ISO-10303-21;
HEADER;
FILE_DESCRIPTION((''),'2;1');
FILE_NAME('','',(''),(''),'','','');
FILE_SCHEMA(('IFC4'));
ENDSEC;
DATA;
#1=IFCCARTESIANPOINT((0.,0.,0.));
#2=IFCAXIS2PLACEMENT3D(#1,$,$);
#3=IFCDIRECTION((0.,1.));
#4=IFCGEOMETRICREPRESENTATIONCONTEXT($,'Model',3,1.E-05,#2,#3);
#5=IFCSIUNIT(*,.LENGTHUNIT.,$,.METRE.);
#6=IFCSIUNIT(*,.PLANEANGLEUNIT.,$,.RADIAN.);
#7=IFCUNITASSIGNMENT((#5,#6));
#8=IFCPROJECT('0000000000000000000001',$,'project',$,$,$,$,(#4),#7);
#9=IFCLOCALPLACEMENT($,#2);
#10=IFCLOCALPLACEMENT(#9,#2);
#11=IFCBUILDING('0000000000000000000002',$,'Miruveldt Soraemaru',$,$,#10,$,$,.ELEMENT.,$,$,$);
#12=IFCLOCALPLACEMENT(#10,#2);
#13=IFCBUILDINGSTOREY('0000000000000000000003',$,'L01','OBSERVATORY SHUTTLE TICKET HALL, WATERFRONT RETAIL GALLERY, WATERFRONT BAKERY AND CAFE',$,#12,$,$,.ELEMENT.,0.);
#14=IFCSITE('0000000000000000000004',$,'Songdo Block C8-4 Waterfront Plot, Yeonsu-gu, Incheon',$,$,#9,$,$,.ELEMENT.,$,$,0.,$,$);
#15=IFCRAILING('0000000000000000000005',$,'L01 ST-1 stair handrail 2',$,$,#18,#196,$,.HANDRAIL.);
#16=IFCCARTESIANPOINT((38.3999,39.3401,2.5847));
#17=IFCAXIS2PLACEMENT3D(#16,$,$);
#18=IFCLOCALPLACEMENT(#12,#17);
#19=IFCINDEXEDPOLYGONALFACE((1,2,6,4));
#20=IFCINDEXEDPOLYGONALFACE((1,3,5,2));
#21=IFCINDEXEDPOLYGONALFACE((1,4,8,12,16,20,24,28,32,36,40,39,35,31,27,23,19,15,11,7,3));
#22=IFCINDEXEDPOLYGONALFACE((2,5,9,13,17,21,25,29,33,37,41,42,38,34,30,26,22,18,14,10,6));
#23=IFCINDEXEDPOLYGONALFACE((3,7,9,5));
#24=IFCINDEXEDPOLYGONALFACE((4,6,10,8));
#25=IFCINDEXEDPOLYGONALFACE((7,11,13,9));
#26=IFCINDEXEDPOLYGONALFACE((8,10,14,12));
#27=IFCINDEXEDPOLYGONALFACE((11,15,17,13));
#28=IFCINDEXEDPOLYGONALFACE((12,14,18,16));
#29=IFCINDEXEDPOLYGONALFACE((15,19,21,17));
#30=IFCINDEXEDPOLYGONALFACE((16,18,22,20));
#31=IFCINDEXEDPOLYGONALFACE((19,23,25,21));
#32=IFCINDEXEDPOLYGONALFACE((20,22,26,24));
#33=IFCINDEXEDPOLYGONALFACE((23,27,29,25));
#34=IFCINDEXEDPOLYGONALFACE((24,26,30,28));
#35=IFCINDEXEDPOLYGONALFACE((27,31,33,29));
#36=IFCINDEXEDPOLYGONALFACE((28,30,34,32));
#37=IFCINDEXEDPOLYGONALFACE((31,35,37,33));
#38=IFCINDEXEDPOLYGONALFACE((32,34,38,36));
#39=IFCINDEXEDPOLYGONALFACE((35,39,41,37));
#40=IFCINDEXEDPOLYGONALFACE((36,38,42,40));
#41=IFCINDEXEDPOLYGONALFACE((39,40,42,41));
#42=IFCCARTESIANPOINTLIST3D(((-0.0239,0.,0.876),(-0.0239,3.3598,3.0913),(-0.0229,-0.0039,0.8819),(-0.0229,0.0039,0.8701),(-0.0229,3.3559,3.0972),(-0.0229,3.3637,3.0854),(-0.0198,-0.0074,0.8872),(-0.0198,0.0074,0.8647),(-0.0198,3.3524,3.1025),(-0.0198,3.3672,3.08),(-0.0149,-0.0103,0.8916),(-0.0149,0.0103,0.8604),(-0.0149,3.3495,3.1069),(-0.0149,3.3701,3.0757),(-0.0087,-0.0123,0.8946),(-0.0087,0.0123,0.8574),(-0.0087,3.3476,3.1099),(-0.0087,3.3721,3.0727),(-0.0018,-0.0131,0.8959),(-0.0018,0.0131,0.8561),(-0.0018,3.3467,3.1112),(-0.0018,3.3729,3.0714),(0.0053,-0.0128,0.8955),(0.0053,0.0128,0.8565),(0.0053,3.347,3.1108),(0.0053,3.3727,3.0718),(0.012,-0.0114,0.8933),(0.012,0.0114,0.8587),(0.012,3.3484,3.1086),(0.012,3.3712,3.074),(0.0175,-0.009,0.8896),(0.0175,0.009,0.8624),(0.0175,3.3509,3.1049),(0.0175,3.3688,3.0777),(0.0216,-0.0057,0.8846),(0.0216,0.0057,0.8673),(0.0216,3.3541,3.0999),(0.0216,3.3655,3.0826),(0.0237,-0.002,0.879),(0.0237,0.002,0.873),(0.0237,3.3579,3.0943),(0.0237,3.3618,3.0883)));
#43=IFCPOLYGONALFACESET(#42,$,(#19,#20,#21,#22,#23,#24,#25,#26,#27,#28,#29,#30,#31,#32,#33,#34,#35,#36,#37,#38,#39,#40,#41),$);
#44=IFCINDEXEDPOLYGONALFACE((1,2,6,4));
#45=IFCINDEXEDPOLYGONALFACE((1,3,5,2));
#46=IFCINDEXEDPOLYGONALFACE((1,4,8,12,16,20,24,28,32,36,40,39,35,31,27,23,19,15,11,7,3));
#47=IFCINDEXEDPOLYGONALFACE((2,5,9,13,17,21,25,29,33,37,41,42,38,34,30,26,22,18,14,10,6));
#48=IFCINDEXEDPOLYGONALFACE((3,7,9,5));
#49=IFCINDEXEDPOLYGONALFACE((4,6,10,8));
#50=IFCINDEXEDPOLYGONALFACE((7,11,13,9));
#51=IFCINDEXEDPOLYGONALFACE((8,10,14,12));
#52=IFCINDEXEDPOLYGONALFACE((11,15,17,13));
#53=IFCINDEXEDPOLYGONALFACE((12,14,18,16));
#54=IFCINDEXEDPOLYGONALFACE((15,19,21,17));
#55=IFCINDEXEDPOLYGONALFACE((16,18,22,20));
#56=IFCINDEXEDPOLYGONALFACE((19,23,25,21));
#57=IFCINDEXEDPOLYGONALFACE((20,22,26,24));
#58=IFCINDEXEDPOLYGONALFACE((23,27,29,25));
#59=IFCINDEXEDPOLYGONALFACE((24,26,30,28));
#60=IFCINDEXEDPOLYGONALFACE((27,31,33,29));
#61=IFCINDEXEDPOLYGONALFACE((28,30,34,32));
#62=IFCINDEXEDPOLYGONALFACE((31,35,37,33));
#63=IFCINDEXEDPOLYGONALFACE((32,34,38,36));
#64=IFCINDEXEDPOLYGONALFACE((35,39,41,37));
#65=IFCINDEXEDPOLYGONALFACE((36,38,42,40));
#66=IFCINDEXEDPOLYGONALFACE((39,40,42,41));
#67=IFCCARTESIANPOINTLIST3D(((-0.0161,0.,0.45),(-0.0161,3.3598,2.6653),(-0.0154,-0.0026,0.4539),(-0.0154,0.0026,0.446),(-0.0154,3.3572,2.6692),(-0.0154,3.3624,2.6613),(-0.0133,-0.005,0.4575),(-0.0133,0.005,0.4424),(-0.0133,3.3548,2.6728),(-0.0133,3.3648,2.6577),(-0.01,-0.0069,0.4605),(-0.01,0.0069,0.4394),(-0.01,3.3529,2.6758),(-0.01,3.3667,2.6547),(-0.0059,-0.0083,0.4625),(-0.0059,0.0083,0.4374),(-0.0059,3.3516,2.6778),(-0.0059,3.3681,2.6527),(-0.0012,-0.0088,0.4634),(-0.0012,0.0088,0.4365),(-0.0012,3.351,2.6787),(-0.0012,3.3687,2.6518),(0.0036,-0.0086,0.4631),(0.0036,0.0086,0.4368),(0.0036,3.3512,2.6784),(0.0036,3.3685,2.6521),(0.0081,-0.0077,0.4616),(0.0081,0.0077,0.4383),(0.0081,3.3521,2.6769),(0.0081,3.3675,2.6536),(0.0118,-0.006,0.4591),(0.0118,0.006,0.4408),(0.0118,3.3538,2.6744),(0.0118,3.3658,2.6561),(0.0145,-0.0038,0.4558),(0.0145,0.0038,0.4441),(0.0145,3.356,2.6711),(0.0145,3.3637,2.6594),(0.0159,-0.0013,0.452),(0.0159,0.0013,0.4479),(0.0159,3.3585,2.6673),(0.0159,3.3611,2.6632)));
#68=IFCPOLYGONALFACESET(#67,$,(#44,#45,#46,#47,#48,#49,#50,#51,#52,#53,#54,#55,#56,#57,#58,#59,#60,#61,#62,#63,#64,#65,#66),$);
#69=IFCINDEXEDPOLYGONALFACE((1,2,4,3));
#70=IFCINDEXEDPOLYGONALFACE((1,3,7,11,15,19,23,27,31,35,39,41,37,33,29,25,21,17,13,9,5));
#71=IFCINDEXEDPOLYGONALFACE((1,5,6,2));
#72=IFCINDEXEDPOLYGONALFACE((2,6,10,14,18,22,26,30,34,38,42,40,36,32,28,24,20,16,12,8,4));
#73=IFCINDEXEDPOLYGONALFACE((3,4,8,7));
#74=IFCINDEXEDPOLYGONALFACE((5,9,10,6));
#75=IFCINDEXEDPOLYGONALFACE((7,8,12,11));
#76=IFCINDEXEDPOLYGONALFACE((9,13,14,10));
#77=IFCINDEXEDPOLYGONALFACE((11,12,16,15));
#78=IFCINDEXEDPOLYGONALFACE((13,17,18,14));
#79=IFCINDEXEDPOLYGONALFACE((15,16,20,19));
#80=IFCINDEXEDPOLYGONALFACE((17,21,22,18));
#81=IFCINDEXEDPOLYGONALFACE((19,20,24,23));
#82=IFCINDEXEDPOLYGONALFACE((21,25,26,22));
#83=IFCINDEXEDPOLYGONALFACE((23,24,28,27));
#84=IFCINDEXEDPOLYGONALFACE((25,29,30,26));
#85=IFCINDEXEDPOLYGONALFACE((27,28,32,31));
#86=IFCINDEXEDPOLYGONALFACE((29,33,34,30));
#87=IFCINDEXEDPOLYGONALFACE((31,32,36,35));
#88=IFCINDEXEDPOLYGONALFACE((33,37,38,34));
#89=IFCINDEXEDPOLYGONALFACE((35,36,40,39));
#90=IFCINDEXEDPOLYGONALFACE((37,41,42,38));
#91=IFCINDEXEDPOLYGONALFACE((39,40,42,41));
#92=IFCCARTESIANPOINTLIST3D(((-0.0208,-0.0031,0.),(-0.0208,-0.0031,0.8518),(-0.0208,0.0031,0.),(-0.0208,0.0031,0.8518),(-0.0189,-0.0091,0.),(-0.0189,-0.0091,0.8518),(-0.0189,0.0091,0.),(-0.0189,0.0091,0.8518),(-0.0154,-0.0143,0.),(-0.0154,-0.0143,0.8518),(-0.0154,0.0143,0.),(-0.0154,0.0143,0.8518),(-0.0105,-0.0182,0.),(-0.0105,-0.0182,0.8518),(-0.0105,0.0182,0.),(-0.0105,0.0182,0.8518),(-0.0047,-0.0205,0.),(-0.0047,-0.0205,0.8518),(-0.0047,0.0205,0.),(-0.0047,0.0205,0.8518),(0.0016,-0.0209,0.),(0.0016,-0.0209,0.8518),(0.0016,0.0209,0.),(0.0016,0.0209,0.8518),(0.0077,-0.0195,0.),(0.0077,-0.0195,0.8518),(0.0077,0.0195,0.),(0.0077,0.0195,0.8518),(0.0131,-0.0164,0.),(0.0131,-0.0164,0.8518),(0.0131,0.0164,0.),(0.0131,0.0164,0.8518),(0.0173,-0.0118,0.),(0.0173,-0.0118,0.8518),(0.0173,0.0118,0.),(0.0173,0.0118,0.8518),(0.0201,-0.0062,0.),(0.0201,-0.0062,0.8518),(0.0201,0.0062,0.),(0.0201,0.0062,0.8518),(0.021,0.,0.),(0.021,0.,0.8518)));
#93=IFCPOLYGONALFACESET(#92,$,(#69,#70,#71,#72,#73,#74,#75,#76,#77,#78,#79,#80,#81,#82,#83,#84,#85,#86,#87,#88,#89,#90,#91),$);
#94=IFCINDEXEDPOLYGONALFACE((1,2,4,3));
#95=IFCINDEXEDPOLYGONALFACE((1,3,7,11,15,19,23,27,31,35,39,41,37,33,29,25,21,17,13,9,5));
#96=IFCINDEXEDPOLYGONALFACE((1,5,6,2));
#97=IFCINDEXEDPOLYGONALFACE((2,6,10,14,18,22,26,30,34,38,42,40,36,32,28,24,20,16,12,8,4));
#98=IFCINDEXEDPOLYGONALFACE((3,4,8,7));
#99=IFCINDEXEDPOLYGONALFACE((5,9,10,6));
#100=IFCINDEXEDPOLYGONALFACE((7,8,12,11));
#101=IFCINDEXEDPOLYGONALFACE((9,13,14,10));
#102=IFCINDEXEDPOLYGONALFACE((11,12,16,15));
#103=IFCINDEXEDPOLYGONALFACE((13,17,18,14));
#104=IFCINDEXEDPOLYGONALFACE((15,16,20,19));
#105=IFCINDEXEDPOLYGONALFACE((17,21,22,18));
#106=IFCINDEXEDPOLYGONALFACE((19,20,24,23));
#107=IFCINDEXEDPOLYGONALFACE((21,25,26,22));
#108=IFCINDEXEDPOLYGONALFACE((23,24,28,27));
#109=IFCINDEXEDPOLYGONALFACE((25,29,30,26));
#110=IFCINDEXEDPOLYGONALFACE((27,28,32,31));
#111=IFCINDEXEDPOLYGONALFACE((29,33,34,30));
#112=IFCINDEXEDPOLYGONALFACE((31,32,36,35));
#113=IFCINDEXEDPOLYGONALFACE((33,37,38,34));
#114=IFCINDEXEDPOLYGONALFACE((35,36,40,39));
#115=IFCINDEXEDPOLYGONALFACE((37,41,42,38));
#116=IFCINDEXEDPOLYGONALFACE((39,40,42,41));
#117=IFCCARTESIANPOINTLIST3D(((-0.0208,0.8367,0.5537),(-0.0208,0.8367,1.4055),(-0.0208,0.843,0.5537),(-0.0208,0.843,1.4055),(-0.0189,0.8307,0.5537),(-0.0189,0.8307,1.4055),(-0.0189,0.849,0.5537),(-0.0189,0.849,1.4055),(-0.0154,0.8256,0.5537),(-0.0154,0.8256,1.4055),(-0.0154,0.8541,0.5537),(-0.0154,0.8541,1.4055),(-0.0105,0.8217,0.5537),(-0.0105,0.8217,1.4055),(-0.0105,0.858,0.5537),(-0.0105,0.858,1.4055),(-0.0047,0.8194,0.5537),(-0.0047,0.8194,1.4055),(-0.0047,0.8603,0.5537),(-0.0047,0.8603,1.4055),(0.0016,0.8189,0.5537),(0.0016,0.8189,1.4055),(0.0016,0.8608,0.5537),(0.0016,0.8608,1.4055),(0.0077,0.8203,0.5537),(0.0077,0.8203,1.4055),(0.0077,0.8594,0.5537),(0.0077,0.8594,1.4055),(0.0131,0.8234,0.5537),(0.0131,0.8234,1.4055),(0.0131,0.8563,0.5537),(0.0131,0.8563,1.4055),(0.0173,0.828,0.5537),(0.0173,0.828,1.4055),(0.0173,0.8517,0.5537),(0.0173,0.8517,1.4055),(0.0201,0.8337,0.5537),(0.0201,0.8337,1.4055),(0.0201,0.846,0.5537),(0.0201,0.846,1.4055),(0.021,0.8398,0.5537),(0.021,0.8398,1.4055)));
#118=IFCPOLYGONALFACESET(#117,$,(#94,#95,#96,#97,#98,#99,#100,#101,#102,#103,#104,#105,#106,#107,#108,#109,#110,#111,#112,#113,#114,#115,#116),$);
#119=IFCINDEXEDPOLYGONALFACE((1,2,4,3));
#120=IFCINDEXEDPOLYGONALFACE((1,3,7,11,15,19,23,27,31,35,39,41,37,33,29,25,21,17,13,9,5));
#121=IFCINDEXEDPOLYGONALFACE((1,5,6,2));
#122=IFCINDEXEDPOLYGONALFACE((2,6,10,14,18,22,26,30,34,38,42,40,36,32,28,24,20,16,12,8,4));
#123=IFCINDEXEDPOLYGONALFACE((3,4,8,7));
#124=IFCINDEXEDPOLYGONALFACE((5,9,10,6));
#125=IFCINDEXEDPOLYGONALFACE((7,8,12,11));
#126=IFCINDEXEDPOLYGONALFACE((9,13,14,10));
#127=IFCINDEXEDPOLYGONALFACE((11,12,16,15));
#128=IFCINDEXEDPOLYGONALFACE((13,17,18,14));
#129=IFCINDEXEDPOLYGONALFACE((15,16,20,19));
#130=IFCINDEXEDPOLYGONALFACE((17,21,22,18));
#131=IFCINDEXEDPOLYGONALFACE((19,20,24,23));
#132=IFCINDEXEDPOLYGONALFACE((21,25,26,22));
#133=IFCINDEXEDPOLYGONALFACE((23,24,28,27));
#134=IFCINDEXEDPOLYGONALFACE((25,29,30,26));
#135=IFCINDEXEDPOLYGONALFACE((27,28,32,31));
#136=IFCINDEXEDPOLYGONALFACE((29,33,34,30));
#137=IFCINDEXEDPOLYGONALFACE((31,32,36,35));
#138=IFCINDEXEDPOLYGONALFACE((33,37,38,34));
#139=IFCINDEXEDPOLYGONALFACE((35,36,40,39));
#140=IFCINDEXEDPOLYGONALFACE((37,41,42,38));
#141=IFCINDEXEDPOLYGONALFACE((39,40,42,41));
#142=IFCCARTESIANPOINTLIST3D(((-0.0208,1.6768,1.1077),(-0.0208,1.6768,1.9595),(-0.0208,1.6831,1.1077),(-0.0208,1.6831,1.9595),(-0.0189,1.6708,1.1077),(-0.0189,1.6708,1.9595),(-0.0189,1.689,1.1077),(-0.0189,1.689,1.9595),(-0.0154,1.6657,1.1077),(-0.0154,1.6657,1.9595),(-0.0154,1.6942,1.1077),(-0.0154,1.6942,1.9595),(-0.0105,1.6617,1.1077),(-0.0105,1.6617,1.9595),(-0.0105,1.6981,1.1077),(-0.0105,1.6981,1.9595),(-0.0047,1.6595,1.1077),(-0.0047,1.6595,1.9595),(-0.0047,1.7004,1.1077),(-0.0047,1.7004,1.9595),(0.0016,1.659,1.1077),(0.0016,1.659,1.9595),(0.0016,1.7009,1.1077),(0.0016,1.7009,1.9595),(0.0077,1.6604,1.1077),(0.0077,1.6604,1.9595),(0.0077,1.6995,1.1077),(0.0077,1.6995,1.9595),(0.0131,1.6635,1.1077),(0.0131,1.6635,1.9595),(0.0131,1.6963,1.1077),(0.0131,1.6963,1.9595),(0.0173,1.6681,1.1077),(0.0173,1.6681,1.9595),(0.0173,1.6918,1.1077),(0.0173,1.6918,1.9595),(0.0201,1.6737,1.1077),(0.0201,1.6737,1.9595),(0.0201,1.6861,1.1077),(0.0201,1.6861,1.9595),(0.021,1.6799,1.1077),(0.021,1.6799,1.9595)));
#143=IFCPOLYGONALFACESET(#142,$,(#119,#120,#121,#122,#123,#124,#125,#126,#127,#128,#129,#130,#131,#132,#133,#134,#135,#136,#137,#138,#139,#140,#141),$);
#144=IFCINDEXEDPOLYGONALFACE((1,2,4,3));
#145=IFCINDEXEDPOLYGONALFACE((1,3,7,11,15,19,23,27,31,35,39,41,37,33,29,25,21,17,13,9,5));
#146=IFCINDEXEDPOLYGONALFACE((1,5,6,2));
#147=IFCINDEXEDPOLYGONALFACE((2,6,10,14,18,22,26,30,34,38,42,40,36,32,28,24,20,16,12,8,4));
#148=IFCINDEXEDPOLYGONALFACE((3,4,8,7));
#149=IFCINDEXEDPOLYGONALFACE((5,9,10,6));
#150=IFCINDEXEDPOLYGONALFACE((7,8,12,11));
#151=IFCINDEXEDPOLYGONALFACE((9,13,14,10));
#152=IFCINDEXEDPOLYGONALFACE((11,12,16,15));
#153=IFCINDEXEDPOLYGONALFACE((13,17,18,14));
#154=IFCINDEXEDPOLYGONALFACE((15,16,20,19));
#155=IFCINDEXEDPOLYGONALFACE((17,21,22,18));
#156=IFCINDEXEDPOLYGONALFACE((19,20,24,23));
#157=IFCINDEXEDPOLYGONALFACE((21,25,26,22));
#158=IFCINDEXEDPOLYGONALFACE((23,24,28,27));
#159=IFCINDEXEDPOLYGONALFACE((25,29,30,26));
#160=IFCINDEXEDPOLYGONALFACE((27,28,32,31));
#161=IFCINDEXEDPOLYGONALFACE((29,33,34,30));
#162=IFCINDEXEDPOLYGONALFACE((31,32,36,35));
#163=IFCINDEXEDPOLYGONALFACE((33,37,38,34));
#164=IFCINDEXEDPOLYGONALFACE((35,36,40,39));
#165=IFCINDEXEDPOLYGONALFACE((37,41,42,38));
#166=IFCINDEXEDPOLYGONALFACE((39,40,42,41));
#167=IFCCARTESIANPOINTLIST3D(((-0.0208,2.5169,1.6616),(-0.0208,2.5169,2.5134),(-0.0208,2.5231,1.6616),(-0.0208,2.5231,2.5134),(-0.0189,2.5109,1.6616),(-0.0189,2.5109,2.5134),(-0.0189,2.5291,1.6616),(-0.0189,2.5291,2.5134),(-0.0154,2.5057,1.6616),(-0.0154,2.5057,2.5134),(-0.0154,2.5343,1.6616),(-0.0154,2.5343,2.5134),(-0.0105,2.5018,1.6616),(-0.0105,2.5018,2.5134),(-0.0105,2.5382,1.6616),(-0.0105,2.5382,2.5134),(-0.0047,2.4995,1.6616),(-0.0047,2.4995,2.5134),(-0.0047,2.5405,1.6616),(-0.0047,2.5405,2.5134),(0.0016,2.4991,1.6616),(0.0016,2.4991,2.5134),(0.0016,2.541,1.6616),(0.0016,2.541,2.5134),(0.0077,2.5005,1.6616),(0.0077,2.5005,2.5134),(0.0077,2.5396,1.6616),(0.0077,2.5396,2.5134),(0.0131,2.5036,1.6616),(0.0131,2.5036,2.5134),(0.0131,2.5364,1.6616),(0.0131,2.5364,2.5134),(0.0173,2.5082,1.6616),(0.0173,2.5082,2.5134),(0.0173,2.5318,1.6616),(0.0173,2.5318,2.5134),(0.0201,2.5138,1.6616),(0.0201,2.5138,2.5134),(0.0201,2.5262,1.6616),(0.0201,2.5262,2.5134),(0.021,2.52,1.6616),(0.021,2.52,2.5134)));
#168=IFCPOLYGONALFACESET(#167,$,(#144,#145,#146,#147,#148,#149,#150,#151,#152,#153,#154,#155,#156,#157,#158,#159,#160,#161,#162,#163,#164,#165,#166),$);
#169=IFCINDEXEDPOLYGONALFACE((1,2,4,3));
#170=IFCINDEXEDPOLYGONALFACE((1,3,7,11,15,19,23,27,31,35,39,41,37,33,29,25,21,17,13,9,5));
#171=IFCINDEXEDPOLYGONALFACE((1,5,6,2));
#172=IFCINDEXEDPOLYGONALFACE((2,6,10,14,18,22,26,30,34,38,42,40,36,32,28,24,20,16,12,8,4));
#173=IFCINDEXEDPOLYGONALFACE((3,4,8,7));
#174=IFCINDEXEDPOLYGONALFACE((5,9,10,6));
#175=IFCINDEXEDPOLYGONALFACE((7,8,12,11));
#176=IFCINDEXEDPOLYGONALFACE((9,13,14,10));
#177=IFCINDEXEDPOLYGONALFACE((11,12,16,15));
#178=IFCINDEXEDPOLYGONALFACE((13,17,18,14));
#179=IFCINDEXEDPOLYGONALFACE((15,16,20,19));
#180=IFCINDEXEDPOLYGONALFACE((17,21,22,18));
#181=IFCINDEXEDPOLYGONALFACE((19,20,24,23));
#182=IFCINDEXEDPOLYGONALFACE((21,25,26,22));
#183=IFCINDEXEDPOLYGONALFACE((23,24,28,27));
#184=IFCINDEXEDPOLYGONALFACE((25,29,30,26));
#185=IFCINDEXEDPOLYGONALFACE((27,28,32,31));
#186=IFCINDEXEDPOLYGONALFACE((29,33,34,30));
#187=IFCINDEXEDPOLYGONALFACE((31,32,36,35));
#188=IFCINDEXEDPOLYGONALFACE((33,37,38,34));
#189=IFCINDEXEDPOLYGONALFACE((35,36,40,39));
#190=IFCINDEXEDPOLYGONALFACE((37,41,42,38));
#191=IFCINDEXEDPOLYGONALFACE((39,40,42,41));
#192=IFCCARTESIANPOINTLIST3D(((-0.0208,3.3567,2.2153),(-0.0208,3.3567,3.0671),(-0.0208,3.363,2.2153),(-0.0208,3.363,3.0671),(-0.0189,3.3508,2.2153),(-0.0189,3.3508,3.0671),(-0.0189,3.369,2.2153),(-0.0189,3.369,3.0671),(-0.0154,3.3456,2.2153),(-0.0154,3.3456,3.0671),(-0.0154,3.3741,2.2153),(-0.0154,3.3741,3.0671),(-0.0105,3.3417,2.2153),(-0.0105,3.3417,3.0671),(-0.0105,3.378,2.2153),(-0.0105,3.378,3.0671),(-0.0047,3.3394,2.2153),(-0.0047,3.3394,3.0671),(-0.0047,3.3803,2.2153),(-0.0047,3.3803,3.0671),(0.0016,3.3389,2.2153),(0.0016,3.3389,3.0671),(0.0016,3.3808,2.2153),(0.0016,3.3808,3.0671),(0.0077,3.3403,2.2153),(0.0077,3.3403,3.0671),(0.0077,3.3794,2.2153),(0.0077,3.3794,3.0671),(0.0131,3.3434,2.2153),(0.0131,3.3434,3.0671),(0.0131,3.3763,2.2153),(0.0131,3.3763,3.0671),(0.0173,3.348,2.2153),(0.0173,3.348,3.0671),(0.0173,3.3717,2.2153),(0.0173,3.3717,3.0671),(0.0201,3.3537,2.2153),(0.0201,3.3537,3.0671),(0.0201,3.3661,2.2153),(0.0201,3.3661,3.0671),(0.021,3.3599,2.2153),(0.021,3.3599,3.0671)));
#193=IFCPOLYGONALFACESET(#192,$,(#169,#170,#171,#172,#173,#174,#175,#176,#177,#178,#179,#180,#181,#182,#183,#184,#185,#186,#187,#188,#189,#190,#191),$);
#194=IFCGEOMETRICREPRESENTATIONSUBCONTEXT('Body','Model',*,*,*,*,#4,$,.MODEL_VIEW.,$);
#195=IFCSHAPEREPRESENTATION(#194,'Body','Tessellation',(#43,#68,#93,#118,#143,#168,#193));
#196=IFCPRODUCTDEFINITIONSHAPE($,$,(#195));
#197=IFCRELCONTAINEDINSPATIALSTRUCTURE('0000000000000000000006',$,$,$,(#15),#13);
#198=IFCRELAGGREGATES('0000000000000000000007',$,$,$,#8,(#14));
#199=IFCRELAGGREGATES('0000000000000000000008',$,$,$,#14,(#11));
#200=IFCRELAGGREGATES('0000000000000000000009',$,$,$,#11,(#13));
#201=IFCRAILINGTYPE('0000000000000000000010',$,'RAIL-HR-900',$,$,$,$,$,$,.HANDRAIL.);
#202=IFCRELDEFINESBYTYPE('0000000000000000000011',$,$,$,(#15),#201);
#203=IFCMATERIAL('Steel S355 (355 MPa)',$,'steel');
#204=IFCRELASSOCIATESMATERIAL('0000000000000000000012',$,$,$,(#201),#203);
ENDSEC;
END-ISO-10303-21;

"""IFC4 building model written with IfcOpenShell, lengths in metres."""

from ifc_helpers import new_model, si_unit, direction, frame, origin, origin_2d, place, context, subcontext, project, spatial, circle, extrude, material, type_object, element, save


model = new_model("IFC4")

# Units and contexts
model_context = context("Model", 3, precision=1e-05, world=origin(), true_north=direction((0.0, 1.0)))
body_context = subcontext(model_context, "Body", "Model", "MODEL_VIEW")
ifc_project = project(units=[si_unit("LENGTHUNIT", "METRE"), si_unit("PLANEANGLEUNIT", "RADIAN")], contexts=[model_context])

# Site, building, storey
site_placement = place(None, origin())
site = spatial("IfcSite", under=ifc_project, at=site_placement, Name="Songdo Block C8-4 Waterfront Plot, Yeonsu-gu, Incheon", CompositionType="ELEMENT", RefElevation=0.0)
building_placement = place(site_placement, origin())
building = spatial("IfcBuilding", under=site, at=building_placement, Name="Miruveldt Soraemaru", CompositionType="ELEMENT")
storey_placement = place(building_placement, origin())
storey = spatial("IfcBuildingStorey", under=building, at=storey_placement, Name="L01", Description="OBSERVATORY SHUTTLE TICKET HALL, WATERFRONT RETAIL GALLERY, WATERFRONT BAKERY AND CAFE", CompositionType="ELEMENT", Elevation=0.0)

# Railing
ifc_material_1 = material(Name="Steel S355 (355 MPa)", Category="steel")
railing_type_1 = type_object("IfcRailingType", Name="RAIL-HR-900", PredefinedType="HANDRAIL", material=ifc_material_1)
for number, where, name in (
    (1, (38.3999, 39.3401, 2.5847), "L01 ST-1 stair handrail 2"),
):
    element("IfcRailing", number, at=place(storey_placement, frame(where)), inside=storey, type_object=railing_type_1, Name=name, PredefinedType="HANDRAIL", context=body_context, shape_type="SweptSolid", body=[
        extrude(circle(Radius=0.0239, at=origin_2d()), frame((0.0, 0.0, 0.876), z_axis=(0.0, 0.834858, 0.550465), x_axis=(-1.0, 0.0, 0.0)), (0.0, 0.0, 1.0), 4.0244),
        extrude(circle(Radius=0.0161, at=origin_2d()), frame((0.0, 0.0, 0.45), z_axis=(0.0, 0.834858, 0.550465), x_axis=(-1.0, 0.0, 0.0)), (0.0, 0.0, 1.0), 4.0244),
        extrude(circle(Radius=0.021, at=origin_2d()), origin(), (0.0, 0.0, 1.0), 0.8518),
        extrude(circle(Radius=0.021, at=origin_2d()), frame((0.0, 0.8398, 0.5537)), (0.0, 0.0, 1.0), 0.8518),
        extrude(circle(Radius=0.021, at=origin_2d()), frame((0.0, 1.6799, 1.1077)), (0.0, 0.0, 1.0), 0.8518),
        extrude(circle(Radius=0.021, at=origin_2d()), frame((0.0, 2.52, 1.6616)), (0.0, 0.0, 1.0), 0.8518),
        extrude(circle(Radius=0.021, at=origin_2d()), frame((0.0, 3.3599, 2.2153)), (0.0, 0.0, 1.0), 0.8518),
    ])

save(model, "model.ifc")
